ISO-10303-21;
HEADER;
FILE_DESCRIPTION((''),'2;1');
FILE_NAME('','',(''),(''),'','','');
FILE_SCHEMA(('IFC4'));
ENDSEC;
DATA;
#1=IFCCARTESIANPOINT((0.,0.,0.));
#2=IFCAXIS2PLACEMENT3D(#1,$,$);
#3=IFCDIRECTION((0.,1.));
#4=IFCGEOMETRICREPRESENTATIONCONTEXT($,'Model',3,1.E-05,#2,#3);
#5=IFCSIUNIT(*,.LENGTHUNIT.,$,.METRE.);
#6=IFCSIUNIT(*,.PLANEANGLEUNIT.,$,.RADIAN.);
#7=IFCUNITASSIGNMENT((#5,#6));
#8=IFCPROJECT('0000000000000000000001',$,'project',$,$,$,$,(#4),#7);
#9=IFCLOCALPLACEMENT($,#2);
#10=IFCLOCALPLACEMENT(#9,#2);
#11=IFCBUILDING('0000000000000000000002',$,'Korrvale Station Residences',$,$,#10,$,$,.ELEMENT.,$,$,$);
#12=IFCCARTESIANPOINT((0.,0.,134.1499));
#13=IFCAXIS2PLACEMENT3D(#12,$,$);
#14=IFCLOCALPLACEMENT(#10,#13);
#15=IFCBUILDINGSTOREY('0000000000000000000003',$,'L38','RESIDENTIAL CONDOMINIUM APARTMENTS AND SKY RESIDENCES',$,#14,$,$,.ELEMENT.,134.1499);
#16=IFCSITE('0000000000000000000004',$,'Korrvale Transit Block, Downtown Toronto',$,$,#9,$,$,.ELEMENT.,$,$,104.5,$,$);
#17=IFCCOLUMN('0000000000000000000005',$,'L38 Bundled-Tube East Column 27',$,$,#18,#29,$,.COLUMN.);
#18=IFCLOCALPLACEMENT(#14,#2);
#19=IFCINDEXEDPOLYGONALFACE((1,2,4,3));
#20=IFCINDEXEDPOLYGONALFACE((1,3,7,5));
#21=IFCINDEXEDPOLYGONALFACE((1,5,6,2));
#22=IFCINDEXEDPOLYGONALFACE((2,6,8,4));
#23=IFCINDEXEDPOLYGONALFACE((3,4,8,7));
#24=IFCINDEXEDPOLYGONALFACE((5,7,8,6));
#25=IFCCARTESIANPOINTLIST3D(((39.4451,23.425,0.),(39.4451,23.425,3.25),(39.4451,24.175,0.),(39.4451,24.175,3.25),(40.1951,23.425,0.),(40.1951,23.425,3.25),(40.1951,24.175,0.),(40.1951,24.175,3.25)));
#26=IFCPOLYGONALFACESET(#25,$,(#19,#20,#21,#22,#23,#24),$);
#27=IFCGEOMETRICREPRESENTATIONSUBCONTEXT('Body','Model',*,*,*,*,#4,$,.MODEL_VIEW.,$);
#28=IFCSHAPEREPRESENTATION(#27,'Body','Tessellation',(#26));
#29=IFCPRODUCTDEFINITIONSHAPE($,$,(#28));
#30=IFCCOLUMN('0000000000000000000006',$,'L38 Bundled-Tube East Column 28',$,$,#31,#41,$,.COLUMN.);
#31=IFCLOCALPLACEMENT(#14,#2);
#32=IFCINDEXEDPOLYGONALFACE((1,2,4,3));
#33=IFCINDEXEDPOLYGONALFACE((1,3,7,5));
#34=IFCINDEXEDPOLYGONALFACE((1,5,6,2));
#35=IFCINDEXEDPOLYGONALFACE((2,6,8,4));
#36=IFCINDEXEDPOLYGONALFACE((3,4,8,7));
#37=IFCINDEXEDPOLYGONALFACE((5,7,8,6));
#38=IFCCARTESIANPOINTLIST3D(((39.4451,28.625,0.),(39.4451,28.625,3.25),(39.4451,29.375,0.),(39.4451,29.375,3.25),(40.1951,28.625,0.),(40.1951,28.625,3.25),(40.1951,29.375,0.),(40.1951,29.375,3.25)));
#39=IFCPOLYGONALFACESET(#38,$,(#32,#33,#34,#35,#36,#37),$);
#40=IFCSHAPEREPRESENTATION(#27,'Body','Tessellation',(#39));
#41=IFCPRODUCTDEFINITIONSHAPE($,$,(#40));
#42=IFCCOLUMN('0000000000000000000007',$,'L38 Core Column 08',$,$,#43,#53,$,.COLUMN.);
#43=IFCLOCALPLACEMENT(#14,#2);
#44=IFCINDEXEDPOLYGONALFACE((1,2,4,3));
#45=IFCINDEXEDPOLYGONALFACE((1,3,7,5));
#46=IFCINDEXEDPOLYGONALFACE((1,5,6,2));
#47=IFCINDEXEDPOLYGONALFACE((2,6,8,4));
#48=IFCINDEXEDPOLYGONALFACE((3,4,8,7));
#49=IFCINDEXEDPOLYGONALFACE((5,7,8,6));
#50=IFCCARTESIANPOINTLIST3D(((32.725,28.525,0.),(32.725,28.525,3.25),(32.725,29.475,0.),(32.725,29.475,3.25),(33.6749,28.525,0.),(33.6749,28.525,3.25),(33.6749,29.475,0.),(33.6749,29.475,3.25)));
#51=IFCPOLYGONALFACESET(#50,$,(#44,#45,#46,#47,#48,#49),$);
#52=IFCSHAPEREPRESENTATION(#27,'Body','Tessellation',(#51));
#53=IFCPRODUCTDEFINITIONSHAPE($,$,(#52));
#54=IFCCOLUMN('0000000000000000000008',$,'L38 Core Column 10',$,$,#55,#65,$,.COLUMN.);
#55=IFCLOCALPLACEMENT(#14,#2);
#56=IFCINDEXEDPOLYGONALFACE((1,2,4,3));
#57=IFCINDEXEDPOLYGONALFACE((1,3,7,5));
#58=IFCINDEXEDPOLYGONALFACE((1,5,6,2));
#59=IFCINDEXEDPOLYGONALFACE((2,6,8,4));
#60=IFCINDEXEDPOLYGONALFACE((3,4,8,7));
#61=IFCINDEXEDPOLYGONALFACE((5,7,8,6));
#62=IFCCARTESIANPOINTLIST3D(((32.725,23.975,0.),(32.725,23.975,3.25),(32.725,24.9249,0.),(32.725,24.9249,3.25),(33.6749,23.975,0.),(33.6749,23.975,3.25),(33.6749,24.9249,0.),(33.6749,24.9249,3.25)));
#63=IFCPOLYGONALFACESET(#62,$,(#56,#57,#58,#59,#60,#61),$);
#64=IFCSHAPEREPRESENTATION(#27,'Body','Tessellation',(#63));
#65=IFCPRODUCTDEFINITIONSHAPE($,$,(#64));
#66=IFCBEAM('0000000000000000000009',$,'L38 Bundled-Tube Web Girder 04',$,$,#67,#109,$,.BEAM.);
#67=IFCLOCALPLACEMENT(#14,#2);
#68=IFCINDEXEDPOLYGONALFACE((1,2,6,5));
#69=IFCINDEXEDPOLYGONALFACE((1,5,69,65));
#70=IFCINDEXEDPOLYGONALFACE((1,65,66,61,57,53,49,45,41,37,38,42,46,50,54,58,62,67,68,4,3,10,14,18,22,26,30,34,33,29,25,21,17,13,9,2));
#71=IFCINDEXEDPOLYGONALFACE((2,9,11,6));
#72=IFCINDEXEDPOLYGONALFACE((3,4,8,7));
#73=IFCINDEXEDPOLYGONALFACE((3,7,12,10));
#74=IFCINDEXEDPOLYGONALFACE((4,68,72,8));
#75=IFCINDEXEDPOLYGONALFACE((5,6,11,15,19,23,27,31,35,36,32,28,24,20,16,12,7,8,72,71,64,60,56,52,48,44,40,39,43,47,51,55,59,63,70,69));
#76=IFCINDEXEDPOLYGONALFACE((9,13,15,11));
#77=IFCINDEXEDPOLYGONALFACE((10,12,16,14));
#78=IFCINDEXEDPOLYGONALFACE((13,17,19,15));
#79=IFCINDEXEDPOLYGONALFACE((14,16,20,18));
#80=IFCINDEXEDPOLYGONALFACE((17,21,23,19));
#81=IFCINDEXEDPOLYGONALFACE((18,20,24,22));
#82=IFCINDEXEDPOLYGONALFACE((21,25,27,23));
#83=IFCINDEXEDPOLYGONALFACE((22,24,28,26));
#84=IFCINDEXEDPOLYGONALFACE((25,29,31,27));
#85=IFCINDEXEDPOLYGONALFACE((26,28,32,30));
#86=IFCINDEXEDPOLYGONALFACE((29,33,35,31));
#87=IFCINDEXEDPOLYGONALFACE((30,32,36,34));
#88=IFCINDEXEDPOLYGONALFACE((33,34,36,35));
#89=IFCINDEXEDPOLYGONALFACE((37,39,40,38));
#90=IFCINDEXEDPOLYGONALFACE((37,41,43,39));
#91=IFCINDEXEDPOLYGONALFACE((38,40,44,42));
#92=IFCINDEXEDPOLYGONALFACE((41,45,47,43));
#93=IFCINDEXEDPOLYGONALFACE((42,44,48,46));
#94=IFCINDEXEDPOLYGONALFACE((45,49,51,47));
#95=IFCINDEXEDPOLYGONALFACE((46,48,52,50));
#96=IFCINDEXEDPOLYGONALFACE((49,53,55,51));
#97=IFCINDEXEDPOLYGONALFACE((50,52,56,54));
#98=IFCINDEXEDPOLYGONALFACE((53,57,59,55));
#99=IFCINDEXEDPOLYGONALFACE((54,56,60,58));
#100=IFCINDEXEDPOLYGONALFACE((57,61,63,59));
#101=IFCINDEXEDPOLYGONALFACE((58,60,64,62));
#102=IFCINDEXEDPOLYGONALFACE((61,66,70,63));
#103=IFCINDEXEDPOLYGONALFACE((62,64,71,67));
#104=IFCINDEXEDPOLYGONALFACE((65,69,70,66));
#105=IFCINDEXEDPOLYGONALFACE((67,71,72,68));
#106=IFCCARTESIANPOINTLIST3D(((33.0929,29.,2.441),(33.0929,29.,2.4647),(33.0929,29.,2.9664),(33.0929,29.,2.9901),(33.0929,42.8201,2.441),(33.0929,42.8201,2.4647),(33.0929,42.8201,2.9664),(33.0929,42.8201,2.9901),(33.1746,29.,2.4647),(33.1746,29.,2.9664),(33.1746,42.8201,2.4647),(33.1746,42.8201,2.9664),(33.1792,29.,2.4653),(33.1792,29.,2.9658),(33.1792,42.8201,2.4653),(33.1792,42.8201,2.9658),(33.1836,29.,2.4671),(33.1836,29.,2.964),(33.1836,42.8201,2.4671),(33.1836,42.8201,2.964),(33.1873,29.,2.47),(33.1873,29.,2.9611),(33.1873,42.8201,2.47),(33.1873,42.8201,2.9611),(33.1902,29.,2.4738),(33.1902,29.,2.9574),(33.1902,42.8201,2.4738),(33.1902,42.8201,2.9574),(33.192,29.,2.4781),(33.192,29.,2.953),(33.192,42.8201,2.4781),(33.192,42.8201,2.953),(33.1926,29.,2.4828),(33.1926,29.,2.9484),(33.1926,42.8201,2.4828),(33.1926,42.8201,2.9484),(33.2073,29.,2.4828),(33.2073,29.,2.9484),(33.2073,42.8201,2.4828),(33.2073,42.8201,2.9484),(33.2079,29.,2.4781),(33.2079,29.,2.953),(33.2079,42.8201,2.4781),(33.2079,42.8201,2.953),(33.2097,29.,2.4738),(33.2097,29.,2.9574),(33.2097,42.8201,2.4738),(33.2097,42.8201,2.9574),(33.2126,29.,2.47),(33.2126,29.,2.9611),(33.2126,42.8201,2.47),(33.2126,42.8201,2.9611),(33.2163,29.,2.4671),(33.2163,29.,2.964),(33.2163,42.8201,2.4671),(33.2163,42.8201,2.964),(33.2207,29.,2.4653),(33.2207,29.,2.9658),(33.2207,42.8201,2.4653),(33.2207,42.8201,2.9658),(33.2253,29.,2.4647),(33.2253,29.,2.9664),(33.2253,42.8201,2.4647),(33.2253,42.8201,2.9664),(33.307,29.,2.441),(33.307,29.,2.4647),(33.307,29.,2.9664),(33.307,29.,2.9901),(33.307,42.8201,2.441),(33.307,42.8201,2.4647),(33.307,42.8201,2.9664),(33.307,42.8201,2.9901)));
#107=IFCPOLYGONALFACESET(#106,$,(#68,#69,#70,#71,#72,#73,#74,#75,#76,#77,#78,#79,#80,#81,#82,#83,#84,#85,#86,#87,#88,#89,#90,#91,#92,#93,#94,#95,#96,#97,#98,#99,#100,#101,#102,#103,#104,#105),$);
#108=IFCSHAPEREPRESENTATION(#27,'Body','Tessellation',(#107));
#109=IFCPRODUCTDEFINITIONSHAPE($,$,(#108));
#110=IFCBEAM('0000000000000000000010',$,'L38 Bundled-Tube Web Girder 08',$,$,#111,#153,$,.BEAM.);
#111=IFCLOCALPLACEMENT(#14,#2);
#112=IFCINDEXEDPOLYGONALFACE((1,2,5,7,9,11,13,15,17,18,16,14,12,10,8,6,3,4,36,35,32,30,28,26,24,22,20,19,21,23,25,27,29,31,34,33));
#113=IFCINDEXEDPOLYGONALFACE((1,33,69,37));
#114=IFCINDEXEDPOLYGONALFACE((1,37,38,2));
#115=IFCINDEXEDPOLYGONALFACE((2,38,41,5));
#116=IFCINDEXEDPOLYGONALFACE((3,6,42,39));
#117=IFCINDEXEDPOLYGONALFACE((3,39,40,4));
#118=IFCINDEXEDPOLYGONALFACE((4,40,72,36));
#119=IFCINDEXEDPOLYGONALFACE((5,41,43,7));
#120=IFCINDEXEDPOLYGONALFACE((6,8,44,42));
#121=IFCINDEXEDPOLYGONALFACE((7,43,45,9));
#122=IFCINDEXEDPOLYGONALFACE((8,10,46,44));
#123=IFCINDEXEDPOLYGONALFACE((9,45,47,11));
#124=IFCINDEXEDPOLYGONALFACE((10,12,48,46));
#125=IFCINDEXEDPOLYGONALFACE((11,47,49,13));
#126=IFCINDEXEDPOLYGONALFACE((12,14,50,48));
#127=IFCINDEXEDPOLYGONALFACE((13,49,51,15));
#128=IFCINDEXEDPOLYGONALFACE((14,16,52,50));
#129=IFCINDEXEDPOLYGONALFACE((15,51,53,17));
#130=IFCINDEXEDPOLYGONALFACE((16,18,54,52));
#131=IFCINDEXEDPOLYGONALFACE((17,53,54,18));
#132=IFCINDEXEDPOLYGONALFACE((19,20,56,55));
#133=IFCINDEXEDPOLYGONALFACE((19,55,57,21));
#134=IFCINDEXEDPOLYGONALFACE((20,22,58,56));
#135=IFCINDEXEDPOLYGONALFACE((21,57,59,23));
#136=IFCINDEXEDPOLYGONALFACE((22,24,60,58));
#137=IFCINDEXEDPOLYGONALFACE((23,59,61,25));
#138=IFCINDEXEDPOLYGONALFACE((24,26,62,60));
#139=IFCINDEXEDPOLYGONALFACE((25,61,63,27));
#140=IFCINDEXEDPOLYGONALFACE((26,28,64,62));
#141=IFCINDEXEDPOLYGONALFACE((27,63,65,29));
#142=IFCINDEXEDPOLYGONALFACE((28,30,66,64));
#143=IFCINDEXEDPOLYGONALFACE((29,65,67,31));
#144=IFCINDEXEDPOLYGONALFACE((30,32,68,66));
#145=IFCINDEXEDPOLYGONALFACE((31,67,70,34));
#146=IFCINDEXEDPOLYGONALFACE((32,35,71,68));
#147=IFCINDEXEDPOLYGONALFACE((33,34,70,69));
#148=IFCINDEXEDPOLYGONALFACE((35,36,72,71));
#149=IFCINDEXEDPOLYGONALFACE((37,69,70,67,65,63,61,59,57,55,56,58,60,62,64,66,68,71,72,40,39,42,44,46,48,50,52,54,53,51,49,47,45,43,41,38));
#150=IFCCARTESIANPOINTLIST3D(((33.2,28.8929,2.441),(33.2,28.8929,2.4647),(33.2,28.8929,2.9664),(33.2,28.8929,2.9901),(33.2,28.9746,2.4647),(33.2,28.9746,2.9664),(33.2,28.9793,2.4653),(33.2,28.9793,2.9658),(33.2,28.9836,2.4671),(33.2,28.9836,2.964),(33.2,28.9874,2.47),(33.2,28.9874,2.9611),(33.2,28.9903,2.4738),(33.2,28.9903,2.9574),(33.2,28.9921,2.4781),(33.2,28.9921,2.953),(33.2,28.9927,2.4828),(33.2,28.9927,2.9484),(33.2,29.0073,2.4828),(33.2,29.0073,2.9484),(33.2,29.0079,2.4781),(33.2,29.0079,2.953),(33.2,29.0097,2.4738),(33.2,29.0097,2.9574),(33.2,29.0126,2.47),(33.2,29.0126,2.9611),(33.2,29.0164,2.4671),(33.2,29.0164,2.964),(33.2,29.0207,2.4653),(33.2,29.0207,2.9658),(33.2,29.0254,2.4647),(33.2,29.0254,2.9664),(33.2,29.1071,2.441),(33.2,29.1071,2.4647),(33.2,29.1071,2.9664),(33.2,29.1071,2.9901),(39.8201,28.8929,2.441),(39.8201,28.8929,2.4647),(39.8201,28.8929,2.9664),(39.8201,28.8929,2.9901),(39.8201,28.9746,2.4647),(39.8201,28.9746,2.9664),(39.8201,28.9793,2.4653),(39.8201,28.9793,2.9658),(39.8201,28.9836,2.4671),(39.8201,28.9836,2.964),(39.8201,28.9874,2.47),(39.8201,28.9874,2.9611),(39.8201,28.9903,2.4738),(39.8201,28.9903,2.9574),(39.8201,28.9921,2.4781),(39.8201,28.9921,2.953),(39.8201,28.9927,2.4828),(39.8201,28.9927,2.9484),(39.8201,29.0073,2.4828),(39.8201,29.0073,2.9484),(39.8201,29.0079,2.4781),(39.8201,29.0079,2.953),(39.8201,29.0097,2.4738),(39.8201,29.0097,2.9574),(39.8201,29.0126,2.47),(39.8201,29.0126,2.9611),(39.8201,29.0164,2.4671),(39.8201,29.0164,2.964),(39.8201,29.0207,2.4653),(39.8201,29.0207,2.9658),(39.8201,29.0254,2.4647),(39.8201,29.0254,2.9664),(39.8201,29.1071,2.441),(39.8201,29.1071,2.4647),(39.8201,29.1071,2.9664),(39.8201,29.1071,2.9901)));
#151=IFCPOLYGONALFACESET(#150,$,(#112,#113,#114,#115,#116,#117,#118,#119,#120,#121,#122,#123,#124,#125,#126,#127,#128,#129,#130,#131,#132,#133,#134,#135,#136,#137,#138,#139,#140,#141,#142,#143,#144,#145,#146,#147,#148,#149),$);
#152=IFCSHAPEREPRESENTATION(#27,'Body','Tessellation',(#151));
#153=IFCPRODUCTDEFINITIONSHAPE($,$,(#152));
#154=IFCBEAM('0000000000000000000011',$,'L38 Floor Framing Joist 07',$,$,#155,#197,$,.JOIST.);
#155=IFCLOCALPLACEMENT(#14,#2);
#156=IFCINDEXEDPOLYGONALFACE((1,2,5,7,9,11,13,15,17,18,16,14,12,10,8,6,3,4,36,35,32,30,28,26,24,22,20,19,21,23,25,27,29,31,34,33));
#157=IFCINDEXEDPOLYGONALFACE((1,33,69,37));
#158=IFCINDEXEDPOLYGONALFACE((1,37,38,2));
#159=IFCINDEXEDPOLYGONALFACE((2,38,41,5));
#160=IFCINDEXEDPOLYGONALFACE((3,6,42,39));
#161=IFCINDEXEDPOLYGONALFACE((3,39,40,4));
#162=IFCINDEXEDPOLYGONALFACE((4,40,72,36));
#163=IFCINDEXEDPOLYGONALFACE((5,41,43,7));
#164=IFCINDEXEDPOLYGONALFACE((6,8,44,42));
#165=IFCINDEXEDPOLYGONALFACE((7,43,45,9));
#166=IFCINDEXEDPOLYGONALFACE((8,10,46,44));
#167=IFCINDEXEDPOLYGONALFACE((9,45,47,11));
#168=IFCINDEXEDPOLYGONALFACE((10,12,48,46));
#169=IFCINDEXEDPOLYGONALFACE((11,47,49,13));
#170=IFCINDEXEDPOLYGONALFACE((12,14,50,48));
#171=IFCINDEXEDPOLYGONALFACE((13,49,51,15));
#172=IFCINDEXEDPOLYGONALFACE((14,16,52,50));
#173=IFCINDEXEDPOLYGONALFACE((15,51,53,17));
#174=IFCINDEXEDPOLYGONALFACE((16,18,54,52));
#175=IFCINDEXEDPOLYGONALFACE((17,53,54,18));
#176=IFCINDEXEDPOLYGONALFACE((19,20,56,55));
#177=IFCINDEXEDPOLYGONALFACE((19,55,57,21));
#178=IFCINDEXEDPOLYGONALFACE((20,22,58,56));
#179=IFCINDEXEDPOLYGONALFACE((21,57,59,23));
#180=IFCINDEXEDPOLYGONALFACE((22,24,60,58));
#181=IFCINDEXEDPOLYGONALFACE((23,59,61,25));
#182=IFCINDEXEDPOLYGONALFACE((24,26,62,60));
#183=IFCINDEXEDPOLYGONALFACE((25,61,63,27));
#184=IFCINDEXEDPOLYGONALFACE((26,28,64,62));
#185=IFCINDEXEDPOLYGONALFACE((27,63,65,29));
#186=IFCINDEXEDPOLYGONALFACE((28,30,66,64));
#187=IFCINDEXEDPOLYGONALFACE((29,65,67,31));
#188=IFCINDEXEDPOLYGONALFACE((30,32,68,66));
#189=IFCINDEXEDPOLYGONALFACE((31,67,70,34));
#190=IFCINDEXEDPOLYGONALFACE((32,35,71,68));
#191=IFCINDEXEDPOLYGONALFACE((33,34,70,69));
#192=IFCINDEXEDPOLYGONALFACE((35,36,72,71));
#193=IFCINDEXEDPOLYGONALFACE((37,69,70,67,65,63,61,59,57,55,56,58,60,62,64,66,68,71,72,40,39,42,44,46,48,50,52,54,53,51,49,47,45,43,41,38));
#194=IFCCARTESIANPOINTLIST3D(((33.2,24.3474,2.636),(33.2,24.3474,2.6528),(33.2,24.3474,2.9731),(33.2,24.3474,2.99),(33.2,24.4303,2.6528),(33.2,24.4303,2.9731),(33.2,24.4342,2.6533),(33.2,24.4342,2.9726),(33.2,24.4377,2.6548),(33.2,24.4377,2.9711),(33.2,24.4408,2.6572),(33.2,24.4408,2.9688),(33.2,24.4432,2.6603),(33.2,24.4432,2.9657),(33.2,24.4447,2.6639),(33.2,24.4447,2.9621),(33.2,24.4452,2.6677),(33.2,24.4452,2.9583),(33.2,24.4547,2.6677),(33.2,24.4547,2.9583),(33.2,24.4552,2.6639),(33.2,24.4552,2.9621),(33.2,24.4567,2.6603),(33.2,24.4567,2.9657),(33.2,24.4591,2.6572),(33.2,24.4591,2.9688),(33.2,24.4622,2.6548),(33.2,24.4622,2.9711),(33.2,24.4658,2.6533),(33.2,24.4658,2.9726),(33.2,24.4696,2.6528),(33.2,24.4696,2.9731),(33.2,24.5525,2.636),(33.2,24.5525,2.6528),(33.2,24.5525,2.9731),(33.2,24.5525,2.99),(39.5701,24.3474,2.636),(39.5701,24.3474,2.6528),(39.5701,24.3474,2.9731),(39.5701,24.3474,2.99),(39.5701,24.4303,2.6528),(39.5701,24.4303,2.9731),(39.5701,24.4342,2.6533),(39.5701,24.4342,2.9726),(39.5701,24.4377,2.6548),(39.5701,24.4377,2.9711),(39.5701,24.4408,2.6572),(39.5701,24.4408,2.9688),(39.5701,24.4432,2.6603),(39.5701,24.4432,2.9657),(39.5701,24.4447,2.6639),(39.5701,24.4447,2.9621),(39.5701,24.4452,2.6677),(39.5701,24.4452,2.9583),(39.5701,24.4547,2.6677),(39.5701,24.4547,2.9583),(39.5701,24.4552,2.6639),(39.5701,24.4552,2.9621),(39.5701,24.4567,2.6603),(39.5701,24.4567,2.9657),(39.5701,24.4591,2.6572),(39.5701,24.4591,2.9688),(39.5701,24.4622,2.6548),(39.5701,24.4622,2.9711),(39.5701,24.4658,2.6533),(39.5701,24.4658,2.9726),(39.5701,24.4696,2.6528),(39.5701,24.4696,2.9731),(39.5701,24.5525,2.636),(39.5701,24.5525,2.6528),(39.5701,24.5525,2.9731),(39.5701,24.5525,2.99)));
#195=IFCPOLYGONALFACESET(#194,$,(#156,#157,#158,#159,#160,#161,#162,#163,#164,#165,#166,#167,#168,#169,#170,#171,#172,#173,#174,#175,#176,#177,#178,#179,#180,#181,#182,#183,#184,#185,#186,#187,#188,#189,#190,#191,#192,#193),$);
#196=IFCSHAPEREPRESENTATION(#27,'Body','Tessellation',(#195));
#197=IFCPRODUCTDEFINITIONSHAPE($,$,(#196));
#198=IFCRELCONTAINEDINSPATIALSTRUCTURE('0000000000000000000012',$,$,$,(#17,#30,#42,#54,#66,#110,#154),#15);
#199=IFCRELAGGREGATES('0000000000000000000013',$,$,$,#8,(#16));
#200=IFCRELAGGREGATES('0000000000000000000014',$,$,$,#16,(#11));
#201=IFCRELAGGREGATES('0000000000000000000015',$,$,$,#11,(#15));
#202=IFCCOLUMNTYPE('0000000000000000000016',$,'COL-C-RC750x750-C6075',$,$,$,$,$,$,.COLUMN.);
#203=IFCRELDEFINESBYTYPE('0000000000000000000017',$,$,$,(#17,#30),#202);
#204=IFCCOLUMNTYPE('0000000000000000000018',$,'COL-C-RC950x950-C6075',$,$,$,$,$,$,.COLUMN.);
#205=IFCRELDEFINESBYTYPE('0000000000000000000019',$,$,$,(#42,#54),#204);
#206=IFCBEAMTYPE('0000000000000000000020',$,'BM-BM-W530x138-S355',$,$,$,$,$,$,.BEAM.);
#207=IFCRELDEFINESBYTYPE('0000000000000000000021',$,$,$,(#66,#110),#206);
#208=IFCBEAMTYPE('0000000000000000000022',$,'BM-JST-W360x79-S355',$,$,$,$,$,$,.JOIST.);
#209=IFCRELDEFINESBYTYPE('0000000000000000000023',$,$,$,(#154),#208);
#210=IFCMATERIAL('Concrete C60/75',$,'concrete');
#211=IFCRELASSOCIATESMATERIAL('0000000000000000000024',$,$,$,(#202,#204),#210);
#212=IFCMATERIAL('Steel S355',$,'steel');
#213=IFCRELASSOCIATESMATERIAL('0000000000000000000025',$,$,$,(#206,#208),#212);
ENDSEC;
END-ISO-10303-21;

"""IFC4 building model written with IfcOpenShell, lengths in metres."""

from ifc_helpers import new_model, si_unit, direction, frame, origin, origin_2d, place, context, subcontext, project, spatial, rectangle, i_section, extrude, material, material_profile, profile_set, type_object, element, save


model = new_model("IFC4")

# Units and contexts
model_context = context("Model", 3, precision=1e-05, world=origin(), true_north=direction((0.0, 1.0)))
body_context = subcontext(model_context, "Body", "Model", "MODEL_VIEW")
ifc_project = project(units=[si_unit("LENGTHUNIT", "METRE"), si_unit("PLANEANGLEUNIT", "RADIAN")], contexts=[model_context])

# Site, building, storey
site_placement = place(None, origin())
site = spatial("IfcSite", under=ifc_project, at=site_placement, Name="Korrvale Transit Block, Downtown Toronto", CompositionType="ELEMENT", RefElevation=104.5)
building_placement = place(site_placement, origin())
building = spatial("IfcBuilding", under=site, at=building_placement, Name="Korrvale Station Residences", CompositionType="ELEMENT")
storey_placement = place(building_placement, frame((0.0, 0.0, 134.1499)))
storey = spatial("IfcBuildingStorey", under=building, at=storey_placement, Name="L38", Description="RESIDENTIAL CONDOMINIUM APARTMENTS AND SKY RESIDENCES", CompositionType="ELEMENT", Elevation=134.1499)

# Columns
ifc_material_1 = material(Name="Concrete C60/75", Category="concrete")
ifc_material_profile_1 = material_profile(ifc_material_1, rectangle(XDim=0.75, YDim=0.75, at=origin_2d()), Name="RC750x750")
ifc_profile_set_1 = profile_set([ifc_material_profile_1], Name="Concrete C60/75")
column_type_1 = type_object("IfcColumnType", Name="COL-C-RC750x750-C6075", PredefinedType="COLUMN", material=ifc_profile_set_1)
for number, where, z_axis, x_axis, name in (
    (1, (39.8201, 23.8, 0.0), (0.0, 0.0, 1.0), (1.0, 0.0, 0.0), "L38 Bundled-Tube East Column 27"),
    (2, (39.8201, 29.0, 0.0), (0.0, 0.0, 1.0), (1.0, 0.0, 0.0), "L38 Bundled-Tube East Column 28"),
):
    element("IfcColumn", number, at=place(storey_placement, frame(where, z_axis=z_axis, x_axis=x_axis)), inside=storey, type_object=column_type_1, Name=name, PredefinedType="COLUMN", context=body_context, shape_type="SweptSolid", body=[
        extrude(rectangle(XDim=0.75, YDim=0.75, at=origin_2d()), origin(), (0.0, 0.0, 1.0), 3.25),
    ])
ifc_material_profile_2 = material_profile(ifc_material_1, rectangle(XDim=0.95, YDim=0.95, at=origin_2d()), Name="RC950x950")
ifc_profile_set_2 = profile_set([ifc_material_profile_2], Name="Concrete C60/75")
column_type_2 = type_object("IfcColumnType", Name="COL-C-RC950x950-C6075", PredefinedType="COLUMN", material=ifc_profile_set_2)
for number, where, z_axis, x_axis, name in (
    (3, (33.2, 29.0, 0.0), (0.0, 0.0, 1.0), (1.0, 0.0, 0.0), "L38 Core Column 08"),
    (4, (33.2, 24.45, 0.0), (0.0, 0.0, 1.0), (1.0, 0.0, 0.0), "L38 Core Column 10"),
):
    element("IfcColumn", number, at=place(storey_placement, frame(where, z_axis=z_axis, x_axis=x_axis)), inside=storey, type_object=column_type_2, Name=name, PredefinedType="COLUMN", context=body_context, shape_type="SweptSolid", body=[
        extrude(rectangle(XDim=0.95, YDim=0.95, at=origin_2d()), origin(), (0.0, 0.0, 1.0), 3.25),
    ])

# Beams
ifc_material_2 = material(Name="Steel S355", Category="steel")
ifc_material_profile_3 = material_profile(ifc_material_2, i_section(OverallWidth=0.2141, OverallDepth=0.5491, WebThickness=0.0146, FlangeThickness=0.0237, FilletRadius=0.0181, at=origin_2d()), Name="W530x138")
ifc_profile_set_3 = profile_set([ifc_material_profile_3], Name="Steel S355")
beam_type_1 = type_object("IfcBeamType", Name="BM-BM-W530x138-S355", PredefinedType="BEAM", material=ifc_profile_set_3)
beam_1_placement = place(storey_placement, frame((33.2, 29.0, 2.7156), z_axis=(0.0, 1.0, 0.0), x_axis=(-1.0, 0.0, 0.0)))
element("IfcBeam", 5, at=beam_1_placement, inside=storey, type_object=beam_type_1, Name="L38 Bundled-Tube Web Girder 04", PredefinedType="BEAM", context=body_context, shape_type="SweptSolid", body=[
    extrude(i_section(OverallWidth=0.2141, OverallDepth=0.5491, WebThickness=0.0146, FlangeThickness=0.0237, FilletRadius=0.0181, at=origin_2d()), origin(), (0.0, 0.0, 1.0), 13.8201),
])
beam_2_placement = place(storey_placement, frame((33.2, 29.0, 2.7156), z_axis=(1.0, 0.0, 0.0), x_axis=(0.0, 1.0, 0.0)))
element("IfcBeam", 6, at=beam_2_placement, inside=storey, type_object=beam_type_1, Name="L38 Bundled-Tube Web Girder 08", PredefinedType="BEAM", context=body_context, shape_type="SweptSolid", body=[
    extrude(i_section(OverallWidth=0.2141, OverallDepth=0.5491, WebThickness=0.0146, FlangeThickness=0.0237, FilletRadius=0.0181, at=origin_2d()), origin(), (0.0, 0.0, 1.0), 6.6201),
])
ifc_material_profile_4 = material_profile(ifc_material_2, i_section(OverallWidth=0.2051, OverallDepth=0.354, WebThickness=0.0095, FlangeThickness=0.0168, FilletRadius=0.0149, at=origin_2d()), Name="W360x79")
ifc_profile_set_4 = profile_set([ifc_material_profile_4], Name="Steel S355")
beam_type_2 = type_object("IfcBeamType", Name="BM-JST-W360x79-S355", PredefinedType="JOIST", material=ifc_profile_set_4)
beam_3_placement = place(storey_placement, frame((33.2, 24.45, 2.813), z_axis=(1.0, 0.0, 0.0), x_axis=(0.0, 1.0, 0.0)))
element("IfcBeam", 7, at=beam_3_placement, inside=storey, type_object=beam_type_2, Name="L38 Floor Framing Joist 07", PredefinedType="JOIST", context=body_context, shape_type="SweptSolid", body=[
    extrude(i_section(OverallWidth=0.2051, OverallDepth=0.354, WebThickness=0.0095, FlangeThickness=0.0168, FilletRadius=0.0149, at=origin_2d()), origin(), (0.0, 0.0, 1.0), 6.3701),
])

save(model, "model.ifc")
